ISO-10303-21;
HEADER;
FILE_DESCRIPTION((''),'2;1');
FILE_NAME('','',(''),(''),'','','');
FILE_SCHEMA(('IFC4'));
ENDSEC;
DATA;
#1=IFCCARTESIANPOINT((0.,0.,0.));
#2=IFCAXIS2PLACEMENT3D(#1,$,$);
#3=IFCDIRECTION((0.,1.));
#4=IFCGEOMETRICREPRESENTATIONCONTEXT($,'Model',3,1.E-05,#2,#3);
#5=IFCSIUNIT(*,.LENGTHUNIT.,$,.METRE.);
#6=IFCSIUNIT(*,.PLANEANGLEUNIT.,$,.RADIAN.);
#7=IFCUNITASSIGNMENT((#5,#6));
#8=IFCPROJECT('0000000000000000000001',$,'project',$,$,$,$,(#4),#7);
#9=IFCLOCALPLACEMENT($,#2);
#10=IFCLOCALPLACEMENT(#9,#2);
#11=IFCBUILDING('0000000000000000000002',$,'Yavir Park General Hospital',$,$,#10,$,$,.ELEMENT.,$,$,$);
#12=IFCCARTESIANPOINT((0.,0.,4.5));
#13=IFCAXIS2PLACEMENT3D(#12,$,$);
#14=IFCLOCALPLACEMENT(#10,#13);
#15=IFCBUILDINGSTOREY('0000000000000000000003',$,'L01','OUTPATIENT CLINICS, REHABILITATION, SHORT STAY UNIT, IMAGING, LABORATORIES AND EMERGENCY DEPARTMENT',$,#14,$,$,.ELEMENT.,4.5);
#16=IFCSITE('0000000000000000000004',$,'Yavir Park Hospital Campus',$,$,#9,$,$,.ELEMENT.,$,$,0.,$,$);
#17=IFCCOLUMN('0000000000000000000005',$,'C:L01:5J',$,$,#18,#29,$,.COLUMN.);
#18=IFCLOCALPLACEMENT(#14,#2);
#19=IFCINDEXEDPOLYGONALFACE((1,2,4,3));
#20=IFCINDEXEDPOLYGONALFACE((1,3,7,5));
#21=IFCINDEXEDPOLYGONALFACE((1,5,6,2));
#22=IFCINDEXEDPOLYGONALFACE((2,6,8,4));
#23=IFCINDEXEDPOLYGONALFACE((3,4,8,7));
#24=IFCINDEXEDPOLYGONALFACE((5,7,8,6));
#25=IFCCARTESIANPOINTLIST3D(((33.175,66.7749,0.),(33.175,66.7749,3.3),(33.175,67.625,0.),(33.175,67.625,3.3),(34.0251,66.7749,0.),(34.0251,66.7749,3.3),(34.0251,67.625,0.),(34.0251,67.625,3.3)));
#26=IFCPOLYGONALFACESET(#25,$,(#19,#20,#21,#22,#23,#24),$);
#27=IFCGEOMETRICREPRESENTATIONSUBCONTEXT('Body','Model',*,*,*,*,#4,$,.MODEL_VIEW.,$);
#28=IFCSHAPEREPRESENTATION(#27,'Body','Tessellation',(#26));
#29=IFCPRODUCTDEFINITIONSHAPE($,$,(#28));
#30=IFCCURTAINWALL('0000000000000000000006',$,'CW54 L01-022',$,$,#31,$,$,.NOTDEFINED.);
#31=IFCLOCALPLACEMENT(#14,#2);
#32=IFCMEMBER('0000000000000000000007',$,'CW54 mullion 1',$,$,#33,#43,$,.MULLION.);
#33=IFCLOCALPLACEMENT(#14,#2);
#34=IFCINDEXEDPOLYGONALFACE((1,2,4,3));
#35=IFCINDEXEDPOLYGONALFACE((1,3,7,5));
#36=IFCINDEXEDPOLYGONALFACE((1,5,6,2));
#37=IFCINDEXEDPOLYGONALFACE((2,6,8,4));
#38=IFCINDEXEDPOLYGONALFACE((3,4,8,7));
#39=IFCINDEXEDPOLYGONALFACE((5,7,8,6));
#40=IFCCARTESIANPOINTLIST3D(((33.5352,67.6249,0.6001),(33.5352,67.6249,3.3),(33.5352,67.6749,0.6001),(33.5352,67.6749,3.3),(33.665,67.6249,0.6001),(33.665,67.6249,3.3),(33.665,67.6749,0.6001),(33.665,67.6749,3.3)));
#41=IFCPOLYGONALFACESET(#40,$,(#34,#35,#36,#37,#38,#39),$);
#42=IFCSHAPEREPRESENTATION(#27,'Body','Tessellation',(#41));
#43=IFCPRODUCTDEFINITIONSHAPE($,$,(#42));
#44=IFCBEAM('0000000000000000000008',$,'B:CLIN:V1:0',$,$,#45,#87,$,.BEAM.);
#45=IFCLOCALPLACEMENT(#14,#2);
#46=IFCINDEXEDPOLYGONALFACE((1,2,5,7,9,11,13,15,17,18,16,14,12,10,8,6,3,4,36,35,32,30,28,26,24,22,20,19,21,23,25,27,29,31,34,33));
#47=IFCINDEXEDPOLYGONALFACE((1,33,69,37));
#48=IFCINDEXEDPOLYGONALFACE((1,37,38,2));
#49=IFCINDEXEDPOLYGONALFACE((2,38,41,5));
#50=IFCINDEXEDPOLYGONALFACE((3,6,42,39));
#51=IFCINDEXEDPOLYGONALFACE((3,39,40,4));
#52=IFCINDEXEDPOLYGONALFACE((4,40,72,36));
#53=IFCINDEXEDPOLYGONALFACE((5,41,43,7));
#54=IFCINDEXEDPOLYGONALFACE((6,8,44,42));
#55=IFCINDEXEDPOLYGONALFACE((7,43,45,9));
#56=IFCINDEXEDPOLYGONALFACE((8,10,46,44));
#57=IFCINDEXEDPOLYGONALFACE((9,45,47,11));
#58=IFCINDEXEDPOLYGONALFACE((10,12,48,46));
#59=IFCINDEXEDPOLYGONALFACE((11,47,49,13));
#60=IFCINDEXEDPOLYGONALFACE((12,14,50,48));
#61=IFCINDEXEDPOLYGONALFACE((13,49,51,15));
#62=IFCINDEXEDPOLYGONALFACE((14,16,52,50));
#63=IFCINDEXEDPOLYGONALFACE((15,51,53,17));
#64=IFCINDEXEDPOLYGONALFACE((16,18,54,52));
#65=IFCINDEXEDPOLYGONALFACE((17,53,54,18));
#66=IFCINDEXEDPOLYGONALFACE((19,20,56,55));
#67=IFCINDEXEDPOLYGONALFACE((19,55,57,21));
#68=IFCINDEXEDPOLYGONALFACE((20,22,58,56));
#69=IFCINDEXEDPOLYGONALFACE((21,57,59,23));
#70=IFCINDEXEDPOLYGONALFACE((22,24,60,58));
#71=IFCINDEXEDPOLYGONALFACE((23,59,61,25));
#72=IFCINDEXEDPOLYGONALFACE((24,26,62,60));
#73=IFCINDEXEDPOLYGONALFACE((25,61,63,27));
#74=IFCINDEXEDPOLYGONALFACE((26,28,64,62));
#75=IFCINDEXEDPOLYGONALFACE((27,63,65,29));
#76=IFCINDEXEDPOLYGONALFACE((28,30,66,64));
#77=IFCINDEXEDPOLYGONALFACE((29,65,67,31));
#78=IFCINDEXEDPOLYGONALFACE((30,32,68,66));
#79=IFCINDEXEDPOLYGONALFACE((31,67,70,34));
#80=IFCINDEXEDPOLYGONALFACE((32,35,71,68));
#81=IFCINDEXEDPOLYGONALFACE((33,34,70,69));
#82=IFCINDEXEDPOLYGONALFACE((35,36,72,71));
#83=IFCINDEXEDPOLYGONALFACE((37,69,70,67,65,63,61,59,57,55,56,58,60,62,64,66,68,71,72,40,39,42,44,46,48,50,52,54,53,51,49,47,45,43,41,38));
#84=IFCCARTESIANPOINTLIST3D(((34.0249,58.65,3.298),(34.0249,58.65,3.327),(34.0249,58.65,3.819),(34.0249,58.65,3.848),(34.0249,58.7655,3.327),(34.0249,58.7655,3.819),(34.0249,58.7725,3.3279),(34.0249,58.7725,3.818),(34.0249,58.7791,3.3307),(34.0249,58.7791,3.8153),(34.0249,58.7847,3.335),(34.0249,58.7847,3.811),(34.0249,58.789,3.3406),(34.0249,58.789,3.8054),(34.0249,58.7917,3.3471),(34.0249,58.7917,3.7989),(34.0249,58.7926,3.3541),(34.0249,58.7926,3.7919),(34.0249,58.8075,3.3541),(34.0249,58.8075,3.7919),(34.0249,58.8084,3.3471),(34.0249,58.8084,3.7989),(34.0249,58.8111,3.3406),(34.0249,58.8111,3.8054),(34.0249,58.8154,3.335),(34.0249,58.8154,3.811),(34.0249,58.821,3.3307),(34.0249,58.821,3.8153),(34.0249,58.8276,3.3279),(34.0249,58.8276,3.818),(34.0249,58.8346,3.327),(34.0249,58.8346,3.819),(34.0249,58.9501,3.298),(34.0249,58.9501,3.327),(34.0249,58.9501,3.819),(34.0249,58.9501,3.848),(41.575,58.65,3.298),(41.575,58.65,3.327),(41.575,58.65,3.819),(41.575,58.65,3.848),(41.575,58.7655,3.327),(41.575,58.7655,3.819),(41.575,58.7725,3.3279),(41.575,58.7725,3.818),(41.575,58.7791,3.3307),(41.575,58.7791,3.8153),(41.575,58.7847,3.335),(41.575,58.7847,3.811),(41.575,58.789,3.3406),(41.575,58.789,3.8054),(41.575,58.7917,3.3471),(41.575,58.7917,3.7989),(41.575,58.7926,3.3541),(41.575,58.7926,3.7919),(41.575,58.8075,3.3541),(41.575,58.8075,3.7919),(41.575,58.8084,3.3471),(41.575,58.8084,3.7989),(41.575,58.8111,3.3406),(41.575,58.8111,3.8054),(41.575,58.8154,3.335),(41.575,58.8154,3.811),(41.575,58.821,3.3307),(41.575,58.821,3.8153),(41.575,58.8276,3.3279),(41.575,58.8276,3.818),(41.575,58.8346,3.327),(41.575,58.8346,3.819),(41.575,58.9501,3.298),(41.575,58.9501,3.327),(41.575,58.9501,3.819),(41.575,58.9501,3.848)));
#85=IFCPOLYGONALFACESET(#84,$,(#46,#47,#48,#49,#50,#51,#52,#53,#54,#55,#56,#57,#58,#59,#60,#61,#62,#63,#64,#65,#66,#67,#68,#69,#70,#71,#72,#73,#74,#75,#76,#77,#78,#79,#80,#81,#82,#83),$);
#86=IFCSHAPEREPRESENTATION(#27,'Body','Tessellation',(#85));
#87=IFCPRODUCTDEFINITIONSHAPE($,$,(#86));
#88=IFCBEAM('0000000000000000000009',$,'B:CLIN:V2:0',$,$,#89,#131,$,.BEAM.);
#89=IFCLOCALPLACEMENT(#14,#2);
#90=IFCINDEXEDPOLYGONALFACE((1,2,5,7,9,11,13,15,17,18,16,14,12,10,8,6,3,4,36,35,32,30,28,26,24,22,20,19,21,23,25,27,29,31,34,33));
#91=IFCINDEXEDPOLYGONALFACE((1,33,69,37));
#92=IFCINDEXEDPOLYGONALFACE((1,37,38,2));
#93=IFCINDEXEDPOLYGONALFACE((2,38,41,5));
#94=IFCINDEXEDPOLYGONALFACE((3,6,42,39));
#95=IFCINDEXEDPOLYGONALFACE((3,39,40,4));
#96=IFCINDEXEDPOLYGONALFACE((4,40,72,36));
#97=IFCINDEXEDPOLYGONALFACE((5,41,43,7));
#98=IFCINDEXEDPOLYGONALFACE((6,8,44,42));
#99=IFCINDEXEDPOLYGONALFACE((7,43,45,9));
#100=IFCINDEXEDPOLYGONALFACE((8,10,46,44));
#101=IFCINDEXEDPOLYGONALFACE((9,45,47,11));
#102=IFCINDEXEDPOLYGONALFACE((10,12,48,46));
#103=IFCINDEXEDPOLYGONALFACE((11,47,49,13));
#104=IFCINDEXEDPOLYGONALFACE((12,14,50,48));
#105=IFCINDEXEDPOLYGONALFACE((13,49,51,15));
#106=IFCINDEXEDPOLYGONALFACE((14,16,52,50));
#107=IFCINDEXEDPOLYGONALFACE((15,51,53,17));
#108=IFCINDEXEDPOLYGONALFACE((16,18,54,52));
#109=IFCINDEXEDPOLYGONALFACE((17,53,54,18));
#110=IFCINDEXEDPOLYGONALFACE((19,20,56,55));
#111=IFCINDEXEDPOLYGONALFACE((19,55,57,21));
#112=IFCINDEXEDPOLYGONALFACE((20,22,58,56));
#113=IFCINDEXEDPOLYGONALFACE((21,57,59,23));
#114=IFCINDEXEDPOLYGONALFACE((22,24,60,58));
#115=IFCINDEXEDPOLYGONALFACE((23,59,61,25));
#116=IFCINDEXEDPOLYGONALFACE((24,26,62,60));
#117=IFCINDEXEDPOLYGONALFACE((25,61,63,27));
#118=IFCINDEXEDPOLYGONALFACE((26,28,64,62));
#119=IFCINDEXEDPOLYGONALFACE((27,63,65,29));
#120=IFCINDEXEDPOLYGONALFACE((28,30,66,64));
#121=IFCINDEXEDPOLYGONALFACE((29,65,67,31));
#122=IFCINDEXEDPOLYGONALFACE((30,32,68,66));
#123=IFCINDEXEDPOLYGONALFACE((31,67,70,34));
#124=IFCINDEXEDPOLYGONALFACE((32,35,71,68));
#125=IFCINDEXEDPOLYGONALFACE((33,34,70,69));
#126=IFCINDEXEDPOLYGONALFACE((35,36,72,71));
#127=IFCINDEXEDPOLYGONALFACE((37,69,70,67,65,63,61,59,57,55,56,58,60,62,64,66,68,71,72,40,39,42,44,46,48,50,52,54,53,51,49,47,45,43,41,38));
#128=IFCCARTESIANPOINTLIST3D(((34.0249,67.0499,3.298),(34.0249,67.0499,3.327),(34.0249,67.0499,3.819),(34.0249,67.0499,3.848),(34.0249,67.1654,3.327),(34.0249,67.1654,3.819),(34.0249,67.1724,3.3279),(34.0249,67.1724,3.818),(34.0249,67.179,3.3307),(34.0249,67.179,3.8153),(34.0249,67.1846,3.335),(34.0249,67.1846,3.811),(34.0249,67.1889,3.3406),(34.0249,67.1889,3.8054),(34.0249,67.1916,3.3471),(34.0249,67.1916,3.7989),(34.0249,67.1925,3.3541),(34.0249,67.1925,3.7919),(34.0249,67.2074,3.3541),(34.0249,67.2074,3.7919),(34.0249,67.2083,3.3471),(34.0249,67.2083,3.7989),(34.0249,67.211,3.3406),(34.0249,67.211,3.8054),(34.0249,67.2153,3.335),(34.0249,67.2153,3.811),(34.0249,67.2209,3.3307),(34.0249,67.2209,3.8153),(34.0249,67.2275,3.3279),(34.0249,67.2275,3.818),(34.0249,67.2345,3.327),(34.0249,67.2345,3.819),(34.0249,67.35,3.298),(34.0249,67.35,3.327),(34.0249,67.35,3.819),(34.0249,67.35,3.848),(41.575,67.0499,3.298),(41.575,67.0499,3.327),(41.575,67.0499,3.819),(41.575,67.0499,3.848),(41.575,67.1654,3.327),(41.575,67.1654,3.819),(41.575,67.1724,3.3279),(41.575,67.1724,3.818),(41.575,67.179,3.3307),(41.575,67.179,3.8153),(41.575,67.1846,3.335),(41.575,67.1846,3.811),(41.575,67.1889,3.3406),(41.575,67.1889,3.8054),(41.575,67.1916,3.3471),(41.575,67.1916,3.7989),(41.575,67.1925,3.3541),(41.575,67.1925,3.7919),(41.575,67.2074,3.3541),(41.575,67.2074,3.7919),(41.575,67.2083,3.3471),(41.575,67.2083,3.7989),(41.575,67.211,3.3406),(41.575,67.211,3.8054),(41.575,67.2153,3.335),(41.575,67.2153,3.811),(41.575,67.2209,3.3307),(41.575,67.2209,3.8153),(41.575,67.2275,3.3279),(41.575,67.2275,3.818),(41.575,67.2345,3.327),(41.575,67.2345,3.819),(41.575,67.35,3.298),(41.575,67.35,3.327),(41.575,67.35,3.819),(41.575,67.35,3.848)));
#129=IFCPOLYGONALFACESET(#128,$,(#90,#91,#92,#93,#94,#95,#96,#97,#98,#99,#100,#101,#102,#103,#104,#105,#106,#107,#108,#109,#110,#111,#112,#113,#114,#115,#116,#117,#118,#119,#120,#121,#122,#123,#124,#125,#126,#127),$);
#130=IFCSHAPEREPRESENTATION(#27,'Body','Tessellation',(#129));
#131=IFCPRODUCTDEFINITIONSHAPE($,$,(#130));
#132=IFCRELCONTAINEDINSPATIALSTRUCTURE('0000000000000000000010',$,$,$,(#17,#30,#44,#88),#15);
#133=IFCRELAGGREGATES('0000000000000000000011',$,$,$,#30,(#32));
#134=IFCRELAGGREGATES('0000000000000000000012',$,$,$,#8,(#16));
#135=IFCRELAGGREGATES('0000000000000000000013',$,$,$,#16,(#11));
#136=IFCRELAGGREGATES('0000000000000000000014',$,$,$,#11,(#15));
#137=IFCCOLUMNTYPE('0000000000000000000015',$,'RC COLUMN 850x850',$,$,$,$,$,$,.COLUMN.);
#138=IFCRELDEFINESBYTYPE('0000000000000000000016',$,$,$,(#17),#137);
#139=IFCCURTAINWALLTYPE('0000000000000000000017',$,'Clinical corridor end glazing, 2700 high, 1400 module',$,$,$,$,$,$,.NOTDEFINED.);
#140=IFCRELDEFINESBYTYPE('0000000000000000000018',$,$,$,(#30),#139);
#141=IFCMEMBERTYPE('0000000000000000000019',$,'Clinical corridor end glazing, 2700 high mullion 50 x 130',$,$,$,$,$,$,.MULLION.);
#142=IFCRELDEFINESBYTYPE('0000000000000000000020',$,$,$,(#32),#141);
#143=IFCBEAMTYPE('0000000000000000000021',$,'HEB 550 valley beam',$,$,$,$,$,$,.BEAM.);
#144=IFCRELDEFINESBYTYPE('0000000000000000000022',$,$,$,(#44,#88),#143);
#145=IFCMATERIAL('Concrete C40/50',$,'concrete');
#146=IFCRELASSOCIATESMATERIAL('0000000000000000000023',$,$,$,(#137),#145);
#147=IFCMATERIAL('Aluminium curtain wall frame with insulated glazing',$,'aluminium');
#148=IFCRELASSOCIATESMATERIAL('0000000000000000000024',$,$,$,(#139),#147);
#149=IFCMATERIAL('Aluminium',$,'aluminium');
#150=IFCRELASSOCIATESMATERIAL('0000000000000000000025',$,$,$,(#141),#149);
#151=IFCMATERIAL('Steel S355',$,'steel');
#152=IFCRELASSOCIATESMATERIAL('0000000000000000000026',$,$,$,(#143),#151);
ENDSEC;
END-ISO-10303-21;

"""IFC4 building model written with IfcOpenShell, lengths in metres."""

from ifc_helpers import new_model, si_unit, direction, frame, origin, origin_2d, place, context, subcontext, project, spatial, rectangle, i_section, extrude, material, material_profile, profile_set, type_object, element, aggregate, save


model = new_model("IFC4")

# Units and contexts
model_context = context("Model", 3, precision=1e-05, world=origin(), true_north=direction((0.0, 1.0)))
body_context = subcontext(model_context, "Body", "Model", "MODEL_VIEW")
ifc_project = project(units=[si_unit("LENGTHUNIT", "METRE"), si_unit("PLANEANGLEUNIT", "RADIAN")], contexts=[model_context])

# Site, building, storey
site_placement = place(None, origin())
site = spatial("IfcSite", under=ifc_project, at=site_placement, Name="Yavir Park Hospital Campus", CompositionType="ELEMENT", RefElevation=0.0)
building_placement = place(site_placement, origin())
building = spatial("IfcBuilding", under=site, at=building_placement, Name="Yavir Park General Hospital", CompositionType="ELEMENT")
storey_placement = place(building_placement, frame((0.0, 0.0, 4.5)))
storey = spatial("IfcBuildingStorey", under=building, at=storey_placement, Name="L01", Description="OUTPATIENT CLINICS, REHABILITATION, SHORT STAY UNIT, IMAGING, LABORATORIES AND EMERGENCY DEPARTMENT", CompositionType="ELEMENT", Elevation=4.5)

# Column
ifc_material_1 = material(Name="Concrete C40/50", Category="concrete")
ifc_material_profile_1 = material_profile(ifc_material_1, rectangle(XDim=0.8501, YDim=0.8501, at=origin_2d()), Name="RC850x850")
ifc_profile_set_1 = profile_set([ifc_material_profile_1], Name="Concrete C40/50")
column_type = type_object("IfcColumnType", Name="RC COLUMN 850x850", PredefinedType="COLUMN", material=ifc_profile_set_1)
column_placement = place(storey_placement, frame((33.6001, 67.2, 0.0), z_axis=(0.0, 0.0, 1.0), x_axis=(1.0, 0.0, 0.0)))
element("IfcColumn", 1, at=column_placement, inside=storey, type_object=column_type, Name="C:L01:5J", PredefinedType="COLUMN", context=body_context, shape_type="SweptSolid", body=[
    extrude(rectangle(XDim=0.8501, YDim=0.8501, at=origin_2d()), origin(), (0.0, 0.0, 1.0), 3.3),
])

# Curtain wall, member
ifc_material_2 = material(Name="Aluminium curtain wall frame with insulated glazing", Category="aluminium")
curtain_wall_type = type_object("IfcCurtainWallType", Name="Clinical corridor end glazing, 2700 high, 1400 module", PredefinedType="NOTDEFINED", material=ifc_material_2)
curtain_wall_placement = place(storey_placement, origin())
curtain_wall = element("IfcCurtainWall", 2, at=curtain_wall_placement, inside=storey, type_object=curtain_wall_type, Name="CW54 L01-022", PredefinedType="NOTDEFINED")
ifc_material_3 = material(Name="Aluminium", Category="aluminium")
ifc_material_profile_2 = material_profile(ifc_material_3, rectangle(XDim=0.1299, YDim=0.05, at=origin_2d()), Name="AL 50x130")
ifc_profile_set_2 = profile_set([ifc_material_profile_2], Name="Aluminium")
member_type = type_object("IfcMemberType", Name="Clinical corridor end glazing, 2700 high mullion 50 x 130", PredefinedType="MULLION", material=ifc_profile_set_2)
member_placement = place(storey_placement, frame((33.6001, 67.6499, 0.6001), z_axis=(0.0, 0.0, 1.0), x_axis=(-1.0, 0.0, 0.0)))
member = element("IfcMember", 3, at=member_placement, type_object=member_type, Name="CW54 mullion 1", PredefinedType="MULLION", context=body_context, shape_type="SweptSolid", body=[
    extrude(rectangle(XDim=0.1299, YDim=0.05, at=origin_2d()), origin(), (0.0, 0.0, 1.0), 2.7),
])
aggregate(curtain_wall, [member])

# Beams
ifc_material_4 = material(Name="Steel S355", Category="steel")
ifc_material_profile_3 = material_profile(ifc_material_4, i_section(OverallWidth=0.3, OverallDepth=0.55, WebThickness=0.0149, FlangeThickness=0.0291, FilletRadius=0.0271, at=origin_2d()), Name="HEB550")
ifc_profile_set_3 = profile_set([ifc_material_profile_3], Name="Steel S355")
beam_type = type_object("IfcBeamType", Name="HEB 550 valley beam", PredefinedType="BEAM", material=ifc_profile_set_3)
for number, where, z_axis, x_axis, name in (
    (4, (34.0249, 58.8, 3.573), (1.0, 0.0, 0.0), (0.0, 1.0, 0.0), "B:CLIN:V1:0"),
    (5, (34.0249, 67.2, 3.573), (1.0, 0.0, 0.0), (0.0, 1.0, 0.0), "B:CLIN:V2:0"),
):
    element("IfcBeam", number, at=place(storey_placement, frame(where, z_axis=z_axis, x_axis=x_axis)), inside=storey, type_object=beam_type, Name=name, PredefinedType="BEAM", context=body_context, shape_type="SweptSolid", body=[
        extrude(i_section(OverallWidth=0.3, OverallDepth=0.55, WebThickness=0.0149, FlangeThickness=0.0291, FilletRadius=0.0271, at=origin_2d()), origin(), (0.0, 0.0, 1.0), 7.55),
    ])

save(model, "model.ifc")
